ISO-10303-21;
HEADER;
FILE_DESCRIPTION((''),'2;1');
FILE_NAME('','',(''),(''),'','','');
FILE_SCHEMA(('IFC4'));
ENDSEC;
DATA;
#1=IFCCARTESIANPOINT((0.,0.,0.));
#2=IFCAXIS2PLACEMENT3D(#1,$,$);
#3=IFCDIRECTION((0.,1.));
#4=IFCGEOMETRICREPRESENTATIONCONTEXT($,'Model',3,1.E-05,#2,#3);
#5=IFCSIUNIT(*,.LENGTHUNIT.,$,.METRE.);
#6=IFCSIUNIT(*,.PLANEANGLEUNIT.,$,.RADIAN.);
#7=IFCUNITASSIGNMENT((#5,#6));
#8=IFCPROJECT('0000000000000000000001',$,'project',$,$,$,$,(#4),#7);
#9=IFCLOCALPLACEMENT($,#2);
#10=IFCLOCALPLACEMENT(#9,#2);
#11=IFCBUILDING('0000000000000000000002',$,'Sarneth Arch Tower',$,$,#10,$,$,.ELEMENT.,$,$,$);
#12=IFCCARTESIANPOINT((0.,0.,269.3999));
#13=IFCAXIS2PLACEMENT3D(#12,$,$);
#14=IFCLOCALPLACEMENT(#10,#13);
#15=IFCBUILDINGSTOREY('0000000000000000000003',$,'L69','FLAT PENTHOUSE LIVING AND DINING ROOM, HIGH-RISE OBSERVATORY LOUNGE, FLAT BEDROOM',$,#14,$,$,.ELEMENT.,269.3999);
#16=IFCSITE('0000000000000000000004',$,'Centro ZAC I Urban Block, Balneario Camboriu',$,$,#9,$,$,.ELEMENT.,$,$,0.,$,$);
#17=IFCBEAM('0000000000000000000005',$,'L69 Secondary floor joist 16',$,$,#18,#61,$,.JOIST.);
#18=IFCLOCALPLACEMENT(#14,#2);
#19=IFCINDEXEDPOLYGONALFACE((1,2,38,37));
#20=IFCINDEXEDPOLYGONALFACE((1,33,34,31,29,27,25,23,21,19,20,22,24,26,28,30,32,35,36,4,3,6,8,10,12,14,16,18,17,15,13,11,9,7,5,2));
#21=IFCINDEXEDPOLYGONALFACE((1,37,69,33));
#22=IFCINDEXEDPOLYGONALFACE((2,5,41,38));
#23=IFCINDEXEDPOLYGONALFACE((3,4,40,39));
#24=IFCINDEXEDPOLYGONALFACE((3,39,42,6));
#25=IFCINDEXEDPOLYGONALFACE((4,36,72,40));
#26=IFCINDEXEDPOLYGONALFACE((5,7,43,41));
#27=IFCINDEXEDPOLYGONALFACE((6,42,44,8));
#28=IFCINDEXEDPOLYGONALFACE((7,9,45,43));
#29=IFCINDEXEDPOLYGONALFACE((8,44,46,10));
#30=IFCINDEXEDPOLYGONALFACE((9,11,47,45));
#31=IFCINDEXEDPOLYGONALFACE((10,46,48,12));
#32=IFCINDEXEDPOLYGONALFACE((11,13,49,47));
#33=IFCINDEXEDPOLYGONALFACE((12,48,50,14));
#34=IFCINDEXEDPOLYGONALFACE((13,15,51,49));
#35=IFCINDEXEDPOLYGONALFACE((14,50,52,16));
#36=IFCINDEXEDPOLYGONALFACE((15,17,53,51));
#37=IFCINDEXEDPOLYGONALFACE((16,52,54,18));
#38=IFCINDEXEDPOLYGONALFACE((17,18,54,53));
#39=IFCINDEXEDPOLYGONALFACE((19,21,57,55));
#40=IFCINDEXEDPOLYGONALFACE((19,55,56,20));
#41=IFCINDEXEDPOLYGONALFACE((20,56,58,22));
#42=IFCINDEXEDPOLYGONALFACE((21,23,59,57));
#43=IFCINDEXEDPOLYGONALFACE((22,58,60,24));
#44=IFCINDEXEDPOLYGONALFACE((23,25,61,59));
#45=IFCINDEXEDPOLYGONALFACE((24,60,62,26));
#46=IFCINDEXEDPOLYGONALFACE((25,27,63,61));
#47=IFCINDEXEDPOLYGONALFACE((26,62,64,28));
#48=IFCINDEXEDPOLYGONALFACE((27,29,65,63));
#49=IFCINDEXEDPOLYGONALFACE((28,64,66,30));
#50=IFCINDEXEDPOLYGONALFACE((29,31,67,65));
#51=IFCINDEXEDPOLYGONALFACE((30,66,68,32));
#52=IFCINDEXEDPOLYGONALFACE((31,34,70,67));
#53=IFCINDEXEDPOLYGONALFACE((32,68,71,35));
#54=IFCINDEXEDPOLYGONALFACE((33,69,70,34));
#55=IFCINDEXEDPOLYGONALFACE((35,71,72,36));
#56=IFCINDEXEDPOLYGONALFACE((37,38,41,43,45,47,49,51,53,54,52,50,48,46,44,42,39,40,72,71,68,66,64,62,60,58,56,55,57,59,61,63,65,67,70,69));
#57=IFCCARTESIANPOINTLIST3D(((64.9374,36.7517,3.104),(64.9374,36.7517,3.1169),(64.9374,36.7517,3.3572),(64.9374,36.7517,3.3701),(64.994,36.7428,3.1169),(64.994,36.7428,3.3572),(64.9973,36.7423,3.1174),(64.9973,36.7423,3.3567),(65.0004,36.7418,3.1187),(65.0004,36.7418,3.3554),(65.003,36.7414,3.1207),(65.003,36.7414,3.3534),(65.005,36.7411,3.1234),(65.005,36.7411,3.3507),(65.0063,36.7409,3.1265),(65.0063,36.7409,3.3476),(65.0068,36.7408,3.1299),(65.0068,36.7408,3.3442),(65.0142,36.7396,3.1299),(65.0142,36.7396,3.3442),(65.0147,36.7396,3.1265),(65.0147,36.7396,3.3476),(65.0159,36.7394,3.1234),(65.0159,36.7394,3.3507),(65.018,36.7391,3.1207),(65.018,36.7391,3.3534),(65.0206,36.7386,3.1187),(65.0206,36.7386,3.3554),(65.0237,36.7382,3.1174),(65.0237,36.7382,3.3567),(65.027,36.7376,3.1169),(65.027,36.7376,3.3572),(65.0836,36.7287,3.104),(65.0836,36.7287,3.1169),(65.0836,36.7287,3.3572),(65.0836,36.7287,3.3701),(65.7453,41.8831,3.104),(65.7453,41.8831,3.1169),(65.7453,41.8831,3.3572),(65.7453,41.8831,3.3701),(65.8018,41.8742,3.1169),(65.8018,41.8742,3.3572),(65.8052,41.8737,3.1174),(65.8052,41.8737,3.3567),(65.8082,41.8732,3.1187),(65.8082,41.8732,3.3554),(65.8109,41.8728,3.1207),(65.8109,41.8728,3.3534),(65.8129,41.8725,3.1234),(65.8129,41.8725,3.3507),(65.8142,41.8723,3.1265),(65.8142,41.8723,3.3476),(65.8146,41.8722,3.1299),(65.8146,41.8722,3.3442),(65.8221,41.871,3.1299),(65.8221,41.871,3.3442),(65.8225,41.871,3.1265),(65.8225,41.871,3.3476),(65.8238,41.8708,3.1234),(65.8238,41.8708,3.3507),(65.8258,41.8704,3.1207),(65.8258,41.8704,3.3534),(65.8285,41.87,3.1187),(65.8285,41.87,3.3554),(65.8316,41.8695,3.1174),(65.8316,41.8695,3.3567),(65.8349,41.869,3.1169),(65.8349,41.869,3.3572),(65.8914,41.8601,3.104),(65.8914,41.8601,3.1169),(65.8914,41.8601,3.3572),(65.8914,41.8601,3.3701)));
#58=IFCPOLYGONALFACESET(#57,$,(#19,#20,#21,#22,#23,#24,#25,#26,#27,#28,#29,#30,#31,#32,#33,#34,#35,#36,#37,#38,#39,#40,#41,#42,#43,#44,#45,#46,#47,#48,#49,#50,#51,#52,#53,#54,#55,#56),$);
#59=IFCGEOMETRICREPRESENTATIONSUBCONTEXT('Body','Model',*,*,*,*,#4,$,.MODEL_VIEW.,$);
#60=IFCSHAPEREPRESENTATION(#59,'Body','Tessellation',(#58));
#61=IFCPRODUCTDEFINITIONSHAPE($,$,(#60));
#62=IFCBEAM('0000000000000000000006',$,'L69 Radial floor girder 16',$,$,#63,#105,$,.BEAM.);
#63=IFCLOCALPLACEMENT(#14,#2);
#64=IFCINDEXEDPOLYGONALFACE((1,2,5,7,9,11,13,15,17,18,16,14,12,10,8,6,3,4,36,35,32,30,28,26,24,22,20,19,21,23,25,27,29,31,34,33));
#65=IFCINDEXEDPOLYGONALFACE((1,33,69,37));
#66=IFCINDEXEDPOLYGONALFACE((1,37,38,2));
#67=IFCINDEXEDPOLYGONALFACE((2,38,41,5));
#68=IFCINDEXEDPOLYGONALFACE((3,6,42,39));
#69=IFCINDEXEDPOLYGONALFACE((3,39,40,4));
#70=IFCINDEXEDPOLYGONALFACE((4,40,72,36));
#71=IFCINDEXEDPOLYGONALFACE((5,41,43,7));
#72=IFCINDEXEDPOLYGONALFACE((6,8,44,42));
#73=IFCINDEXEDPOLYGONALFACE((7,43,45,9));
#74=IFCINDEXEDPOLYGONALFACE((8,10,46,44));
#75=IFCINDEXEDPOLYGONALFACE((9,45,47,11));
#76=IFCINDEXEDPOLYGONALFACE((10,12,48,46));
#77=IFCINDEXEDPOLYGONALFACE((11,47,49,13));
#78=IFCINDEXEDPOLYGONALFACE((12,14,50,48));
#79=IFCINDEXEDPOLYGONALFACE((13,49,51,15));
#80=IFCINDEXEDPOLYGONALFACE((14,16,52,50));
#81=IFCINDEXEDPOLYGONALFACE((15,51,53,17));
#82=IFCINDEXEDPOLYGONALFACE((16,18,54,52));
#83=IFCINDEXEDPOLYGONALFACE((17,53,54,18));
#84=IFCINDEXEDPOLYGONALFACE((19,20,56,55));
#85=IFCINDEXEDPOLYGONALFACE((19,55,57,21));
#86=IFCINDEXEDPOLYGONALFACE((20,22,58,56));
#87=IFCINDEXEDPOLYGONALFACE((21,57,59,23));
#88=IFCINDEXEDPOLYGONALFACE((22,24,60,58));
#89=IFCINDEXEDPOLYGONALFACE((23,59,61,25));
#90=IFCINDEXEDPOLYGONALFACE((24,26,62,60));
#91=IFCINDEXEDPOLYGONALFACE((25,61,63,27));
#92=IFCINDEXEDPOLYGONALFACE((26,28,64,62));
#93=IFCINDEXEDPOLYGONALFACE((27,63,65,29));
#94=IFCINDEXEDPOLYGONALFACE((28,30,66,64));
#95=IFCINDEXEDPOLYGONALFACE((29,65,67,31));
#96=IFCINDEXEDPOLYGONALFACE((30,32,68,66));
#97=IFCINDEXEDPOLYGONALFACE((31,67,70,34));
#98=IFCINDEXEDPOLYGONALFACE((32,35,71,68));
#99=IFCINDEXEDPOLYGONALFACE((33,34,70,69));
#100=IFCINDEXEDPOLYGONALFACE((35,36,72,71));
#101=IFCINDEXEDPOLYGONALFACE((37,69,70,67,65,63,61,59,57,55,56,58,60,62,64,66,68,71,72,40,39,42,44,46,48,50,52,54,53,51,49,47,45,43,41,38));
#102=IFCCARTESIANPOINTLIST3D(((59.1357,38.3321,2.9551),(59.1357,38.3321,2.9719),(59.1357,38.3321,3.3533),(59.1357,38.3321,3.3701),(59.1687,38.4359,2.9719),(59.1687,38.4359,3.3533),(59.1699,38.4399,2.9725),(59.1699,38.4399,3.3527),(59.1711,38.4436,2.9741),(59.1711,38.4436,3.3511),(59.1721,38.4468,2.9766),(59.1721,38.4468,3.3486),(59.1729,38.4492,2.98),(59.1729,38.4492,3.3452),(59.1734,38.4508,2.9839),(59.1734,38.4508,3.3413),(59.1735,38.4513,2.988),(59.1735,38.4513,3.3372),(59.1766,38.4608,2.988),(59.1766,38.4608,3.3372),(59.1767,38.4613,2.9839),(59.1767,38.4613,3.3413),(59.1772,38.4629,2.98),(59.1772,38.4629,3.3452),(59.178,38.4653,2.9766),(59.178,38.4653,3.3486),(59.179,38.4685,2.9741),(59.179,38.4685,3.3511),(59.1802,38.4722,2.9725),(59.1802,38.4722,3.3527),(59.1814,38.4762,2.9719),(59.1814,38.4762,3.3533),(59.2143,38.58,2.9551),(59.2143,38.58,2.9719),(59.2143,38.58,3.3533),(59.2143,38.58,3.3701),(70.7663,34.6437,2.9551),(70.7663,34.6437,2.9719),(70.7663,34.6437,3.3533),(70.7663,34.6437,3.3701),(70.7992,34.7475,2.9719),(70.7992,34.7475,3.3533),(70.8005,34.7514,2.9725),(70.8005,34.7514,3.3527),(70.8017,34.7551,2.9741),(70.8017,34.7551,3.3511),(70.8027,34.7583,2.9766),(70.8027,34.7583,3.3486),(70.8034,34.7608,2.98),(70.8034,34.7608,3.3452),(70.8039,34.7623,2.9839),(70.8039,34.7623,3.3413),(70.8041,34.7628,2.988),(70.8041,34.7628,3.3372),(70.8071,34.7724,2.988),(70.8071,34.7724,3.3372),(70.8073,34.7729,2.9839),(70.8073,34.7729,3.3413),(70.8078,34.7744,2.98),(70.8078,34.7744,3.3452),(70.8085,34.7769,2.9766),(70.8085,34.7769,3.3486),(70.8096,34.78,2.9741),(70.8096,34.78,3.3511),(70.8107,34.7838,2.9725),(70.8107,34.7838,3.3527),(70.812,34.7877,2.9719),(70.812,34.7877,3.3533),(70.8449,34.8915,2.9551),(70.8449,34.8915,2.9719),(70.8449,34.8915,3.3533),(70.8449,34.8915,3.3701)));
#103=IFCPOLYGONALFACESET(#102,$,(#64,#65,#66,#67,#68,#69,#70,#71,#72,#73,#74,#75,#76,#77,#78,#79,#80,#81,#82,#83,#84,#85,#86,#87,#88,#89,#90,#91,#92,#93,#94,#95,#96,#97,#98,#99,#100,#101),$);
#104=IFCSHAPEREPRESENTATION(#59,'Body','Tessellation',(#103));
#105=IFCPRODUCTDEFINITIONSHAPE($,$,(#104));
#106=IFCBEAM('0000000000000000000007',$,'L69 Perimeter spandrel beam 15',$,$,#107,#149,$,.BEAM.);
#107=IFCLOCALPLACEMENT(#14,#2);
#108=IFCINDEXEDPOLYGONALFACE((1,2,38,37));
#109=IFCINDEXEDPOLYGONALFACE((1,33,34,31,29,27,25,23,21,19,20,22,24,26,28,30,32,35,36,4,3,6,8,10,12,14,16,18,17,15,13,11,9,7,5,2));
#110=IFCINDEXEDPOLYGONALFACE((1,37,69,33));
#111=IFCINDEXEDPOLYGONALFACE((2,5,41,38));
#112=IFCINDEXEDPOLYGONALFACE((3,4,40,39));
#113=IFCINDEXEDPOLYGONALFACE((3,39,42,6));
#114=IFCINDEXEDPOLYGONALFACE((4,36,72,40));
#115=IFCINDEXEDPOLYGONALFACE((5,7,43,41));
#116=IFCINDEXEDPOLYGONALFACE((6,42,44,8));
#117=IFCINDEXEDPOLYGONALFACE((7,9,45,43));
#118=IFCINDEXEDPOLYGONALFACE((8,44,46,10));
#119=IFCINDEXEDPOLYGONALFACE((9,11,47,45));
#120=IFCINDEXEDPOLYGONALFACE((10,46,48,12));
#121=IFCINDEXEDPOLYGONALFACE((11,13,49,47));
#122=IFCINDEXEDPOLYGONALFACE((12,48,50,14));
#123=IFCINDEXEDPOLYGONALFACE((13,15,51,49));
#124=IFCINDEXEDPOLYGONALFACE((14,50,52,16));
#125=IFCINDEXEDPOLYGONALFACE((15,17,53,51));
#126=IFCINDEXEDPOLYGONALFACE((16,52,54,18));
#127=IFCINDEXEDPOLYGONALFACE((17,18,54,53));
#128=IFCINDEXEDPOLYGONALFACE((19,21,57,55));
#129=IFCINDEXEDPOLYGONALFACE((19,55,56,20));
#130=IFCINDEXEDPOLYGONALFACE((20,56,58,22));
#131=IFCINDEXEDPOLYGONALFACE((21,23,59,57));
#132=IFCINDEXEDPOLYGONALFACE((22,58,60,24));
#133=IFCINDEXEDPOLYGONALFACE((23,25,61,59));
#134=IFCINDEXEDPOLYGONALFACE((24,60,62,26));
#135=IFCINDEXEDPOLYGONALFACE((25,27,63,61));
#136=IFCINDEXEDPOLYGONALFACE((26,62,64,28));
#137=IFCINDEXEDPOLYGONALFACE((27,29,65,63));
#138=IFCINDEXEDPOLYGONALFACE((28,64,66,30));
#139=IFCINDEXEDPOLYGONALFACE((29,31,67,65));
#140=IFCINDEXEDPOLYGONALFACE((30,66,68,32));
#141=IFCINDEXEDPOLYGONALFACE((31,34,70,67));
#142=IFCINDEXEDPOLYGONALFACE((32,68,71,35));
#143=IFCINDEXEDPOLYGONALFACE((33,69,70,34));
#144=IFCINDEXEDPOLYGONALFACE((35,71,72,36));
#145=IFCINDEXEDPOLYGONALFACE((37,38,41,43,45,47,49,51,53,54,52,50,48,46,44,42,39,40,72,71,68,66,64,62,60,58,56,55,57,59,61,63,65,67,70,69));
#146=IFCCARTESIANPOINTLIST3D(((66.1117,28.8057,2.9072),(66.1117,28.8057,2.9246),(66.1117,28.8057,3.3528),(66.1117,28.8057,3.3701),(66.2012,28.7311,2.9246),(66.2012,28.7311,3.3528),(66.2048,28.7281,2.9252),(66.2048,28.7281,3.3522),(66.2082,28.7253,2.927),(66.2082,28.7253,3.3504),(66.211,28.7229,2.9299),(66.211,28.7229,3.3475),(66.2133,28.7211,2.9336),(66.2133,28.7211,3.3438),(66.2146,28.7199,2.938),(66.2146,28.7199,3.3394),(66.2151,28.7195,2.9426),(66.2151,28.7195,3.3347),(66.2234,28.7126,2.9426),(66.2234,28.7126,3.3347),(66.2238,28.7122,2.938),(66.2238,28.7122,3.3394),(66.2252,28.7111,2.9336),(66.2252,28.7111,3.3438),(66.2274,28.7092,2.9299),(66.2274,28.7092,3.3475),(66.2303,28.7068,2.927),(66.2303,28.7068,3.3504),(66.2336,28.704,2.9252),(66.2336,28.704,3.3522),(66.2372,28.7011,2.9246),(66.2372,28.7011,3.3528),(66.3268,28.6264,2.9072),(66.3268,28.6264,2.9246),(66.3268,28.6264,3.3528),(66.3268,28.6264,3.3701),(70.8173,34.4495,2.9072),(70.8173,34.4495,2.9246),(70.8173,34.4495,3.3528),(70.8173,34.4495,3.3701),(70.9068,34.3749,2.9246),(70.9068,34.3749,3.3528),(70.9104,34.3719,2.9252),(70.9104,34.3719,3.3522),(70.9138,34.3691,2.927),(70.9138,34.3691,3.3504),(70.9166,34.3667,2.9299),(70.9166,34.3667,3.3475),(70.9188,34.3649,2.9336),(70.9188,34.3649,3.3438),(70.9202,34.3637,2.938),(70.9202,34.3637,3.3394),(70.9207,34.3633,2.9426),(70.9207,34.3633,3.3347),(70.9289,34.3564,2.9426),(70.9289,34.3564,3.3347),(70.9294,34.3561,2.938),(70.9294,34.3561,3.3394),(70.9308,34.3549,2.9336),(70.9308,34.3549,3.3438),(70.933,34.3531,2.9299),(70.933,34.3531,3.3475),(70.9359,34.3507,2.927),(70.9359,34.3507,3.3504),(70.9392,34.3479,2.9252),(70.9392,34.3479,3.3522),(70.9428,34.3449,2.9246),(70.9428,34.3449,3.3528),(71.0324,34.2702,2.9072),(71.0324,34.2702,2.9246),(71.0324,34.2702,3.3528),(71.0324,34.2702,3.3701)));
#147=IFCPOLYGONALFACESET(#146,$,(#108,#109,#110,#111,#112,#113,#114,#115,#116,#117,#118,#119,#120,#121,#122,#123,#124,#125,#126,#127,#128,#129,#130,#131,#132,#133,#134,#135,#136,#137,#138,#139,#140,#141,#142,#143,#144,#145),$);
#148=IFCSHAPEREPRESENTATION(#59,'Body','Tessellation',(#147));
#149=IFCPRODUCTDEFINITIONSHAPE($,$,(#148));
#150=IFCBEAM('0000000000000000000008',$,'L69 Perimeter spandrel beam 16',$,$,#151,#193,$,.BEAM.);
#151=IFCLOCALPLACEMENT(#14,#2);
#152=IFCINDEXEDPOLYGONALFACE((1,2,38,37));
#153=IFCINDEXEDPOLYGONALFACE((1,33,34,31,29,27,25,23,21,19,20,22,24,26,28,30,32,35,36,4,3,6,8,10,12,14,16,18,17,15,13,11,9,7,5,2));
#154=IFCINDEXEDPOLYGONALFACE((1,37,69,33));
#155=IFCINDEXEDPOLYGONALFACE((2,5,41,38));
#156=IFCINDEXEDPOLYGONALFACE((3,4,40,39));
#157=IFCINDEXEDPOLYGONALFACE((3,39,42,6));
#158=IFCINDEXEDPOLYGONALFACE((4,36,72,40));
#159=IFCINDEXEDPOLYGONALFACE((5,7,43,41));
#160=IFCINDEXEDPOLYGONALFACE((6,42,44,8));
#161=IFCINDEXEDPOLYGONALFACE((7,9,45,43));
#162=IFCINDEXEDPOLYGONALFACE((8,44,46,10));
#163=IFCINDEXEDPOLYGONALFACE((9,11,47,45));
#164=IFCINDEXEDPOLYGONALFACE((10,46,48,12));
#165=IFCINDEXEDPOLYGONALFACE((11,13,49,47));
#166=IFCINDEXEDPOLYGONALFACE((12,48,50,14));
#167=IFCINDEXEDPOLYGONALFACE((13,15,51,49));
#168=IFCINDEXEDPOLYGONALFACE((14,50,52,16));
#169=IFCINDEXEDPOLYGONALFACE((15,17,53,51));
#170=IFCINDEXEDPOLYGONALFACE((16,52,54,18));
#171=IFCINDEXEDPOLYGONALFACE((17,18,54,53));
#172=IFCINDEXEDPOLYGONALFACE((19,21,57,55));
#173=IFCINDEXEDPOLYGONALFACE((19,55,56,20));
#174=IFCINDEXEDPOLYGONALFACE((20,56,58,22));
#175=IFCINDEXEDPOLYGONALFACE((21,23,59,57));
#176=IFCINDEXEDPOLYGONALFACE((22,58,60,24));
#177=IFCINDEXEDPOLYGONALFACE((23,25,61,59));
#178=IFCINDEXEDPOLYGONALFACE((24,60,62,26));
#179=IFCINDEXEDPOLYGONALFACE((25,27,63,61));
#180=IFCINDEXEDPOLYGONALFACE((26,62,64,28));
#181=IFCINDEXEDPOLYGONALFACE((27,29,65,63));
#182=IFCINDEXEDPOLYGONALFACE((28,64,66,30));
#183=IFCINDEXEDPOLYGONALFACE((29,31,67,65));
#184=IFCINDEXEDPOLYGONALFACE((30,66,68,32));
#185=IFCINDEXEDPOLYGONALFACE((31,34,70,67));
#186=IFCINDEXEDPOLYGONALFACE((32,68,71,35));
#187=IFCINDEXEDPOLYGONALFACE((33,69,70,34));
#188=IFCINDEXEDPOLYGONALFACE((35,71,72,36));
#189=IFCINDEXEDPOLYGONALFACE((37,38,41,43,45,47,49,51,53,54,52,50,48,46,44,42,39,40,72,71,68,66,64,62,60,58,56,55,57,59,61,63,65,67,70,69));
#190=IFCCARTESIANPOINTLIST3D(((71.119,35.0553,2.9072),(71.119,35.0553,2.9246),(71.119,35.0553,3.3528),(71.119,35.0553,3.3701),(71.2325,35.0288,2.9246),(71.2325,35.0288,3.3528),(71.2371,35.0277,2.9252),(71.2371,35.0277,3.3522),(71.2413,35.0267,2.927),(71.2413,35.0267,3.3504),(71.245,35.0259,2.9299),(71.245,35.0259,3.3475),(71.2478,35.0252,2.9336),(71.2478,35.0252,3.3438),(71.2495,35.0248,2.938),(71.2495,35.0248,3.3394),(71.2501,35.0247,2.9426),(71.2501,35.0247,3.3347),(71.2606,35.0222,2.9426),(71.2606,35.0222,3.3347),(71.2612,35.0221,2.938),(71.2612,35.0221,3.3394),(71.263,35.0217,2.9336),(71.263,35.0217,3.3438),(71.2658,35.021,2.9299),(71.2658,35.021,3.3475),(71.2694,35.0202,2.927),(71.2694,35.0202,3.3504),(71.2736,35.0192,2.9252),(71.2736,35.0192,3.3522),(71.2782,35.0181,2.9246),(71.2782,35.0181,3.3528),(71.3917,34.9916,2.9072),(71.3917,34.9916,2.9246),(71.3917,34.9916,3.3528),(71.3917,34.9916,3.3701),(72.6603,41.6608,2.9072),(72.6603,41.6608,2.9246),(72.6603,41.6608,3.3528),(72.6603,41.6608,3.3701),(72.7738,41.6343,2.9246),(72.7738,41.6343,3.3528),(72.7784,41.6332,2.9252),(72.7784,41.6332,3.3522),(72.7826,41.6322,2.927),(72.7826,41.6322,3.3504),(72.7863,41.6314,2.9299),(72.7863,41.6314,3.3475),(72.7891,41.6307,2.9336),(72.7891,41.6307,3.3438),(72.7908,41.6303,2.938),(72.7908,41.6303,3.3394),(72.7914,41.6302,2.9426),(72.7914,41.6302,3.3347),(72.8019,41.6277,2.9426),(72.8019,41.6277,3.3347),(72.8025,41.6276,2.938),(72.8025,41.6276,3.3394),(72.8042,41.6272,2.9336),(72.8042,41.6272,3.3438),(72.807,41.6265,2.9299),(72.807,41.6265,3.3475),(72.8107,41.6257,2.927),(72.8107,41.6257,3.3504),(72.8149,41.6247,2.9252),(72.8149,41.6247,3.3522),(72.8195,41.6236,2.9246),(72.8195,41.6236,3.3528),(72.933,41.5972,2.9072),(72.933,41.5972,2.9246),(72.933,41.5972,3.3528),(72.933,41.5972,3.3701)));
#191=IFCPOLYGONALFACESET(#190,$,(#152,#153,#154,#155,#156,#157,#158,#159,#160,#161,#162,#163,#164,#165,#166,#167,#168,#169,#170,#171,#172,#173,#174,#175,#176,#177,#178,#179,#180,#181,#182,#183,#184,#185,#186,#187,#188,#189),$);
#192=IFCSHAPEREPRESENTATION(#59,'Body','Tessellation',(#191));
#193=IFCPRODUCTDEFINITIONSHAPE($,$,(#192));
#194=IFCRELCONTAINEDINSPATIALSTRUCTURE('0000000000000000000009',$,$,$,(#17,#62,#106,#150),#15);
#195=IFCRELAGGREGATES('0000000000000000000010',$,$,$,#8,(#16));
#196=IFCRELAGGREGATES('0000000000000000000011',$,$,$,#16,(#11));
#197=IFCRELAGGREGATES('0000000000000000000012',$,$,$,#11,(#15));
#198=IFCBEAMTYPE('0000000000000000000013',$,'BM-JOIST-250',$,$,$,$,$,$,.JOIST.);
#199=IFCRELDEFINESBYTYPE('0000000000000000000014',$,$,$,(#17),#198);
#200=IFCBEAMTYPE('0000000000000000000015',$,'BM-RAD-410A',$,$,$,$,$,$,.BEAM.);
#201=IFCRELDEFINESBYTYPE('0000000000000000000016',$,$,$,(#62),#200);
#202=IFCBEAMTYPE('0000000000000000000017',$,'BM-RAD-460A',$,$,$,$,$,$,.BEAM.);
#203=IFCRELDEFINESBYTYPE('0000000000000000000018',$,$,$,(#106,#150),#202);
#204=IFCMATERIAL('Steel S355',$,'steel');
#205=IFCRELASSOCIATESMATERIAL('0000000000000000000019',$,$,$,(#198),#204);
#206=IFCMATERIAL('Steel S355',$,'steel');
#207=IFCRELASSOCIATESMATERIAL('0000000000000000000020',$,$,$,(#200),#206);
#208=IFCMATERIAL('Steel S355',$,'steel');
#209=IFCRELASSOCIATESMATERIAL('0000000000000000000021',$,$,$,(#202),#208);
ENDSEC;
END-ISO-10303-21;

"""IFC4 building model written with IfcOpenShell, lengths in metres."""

from ifc_helpers import new_model, si_unit, direction, frame, origin, origin_2d, place, context, subcontext, project, spatial, i_section, extrude, material, material_profile, profile_set, type_object, element, save


model = new_model("IFC4")

# Units and contexts
model_context = context("Model", 3, precision=1e-05, world=origin(), true_north=direction((0.0, 1.0)))
body_context = subcontext(model_context, "Body", "Model", "MODEL_VIEW")
ifc_project = project(units=[si_unit("LENGTHUNIT", "METRE"), si_unit("PLANEANGLEUNIT", "RADIAN")], contexts=[model_context])

# Site, building, storey
site_placement = place(None, origin())
site = spatial("IfcSite", under=ifc_project, at=site_placement, Name="Centro ZAC I Urban Block, Balneario Camboriu", CompositionType="ELEMENT", RefElevation=0.0)
building_placement = place(site_placement, origin())
building = spatial("IfcBuilding", under=site, at=building_placement, Name="Sarneth Arch Tower", CompositionType="ELEMENT")
storey_placement = place(building_placement, frame((0.0, 0.0, 269.3999)))
storey = spatial("IfcBuildingStorey", under=building, at=storey_placement, Name="L69", Description="FLAT PENTHOUSE LIVING AND DINING ROOM, HIGH-RISE OBSERVATORY LOUNGE, FLAT BEDROOM", CompositionType="ELEMENT", Elevation=269.3999)

# Beams
ifc_material_1 = material(Name="Steel S355", Category="steel")
ifc_material_profile_1 = material_profile(ifc_material_1, i_section(OverallWidth=0.1479, OverallDepth=0.2661, WebThickness=0.0076, FlangeThickness=0.0129, FilletRadius=0.0129, at=origin_2d()), Name="W250x44.8")
ifc_profile_set_1 = profile_set([ifc_material_profile_1], Name="Steel S355")
beam_type_1 = type_object("IfcBeamType", Name="BM-JOIST-250", PredefinedType="JOIST", material=ifc_profile_set_1)
beam_1_placement = place(storey_placement, frame((65.0105, 36.7402, 3.2371), z_axis=(0.155521, 0.987833, 0.0), x_axis=(-0.987833, 0.155521, 0.0)))
element("IfcBeam", 1, at=beam_1_placement, inside=storey, type_object=beam_type_1, Name="L69 Secondary floor joist 16", PredefinedType="JOIST", context=body_context, shape_type="SweptSolid", body=[
    extrude(i_section(OverallWidth=0.1479, OverallDepth=0.2661, WebThickness=0.0076, FlangeThickness=0.0129, FilletRadius=0.0129, at=origin_2d()), origin(), (0.0, 0.0, 1.0), 5.1946),
])
ifc_material_2 = material(Name="Steel S355", Category="steel")
ifc_material_profile_2 = material_profile(ifc_material_2, i_section(OverallWidth=0.26, OverallDepth=0.415, WebThickness=0.01, FlangeThickness=0.0168, FilletRadius=0.0161, at=origin_2d()), Name="W410x100")
ifc_profile_set_2 = profile_set([ifc_material_profile_2], Name="Steel S355")
beam_type_2 = type_object("IfcBeamType", Name="BM-RAD-410A", PredefinedType="BEAM", material=ifc_profile_set_2)
beam_2_placement = place(storey_placement, frame((59.175, 38.4561, 3.1626), z_axis=(0.953214, -0.302298, 0.0), x_axis=(0.302298, 0.953214, 0.0)))
element("IfcBeam", 2, at=beam_2_placement, inside=storey, type_object=beam_type_2, Name="L69 Radial floor girder 16", PredefinedType="BEAM", context=body_context, shape_type="SweptSolid", body=[
    extrude(i_section(OverallWidth=0.26, OverallDepth=0.415, WebThickness=0.01, FlangeThickness=0.0168, FilletRadius=0.0161, at=origin_2d()), origin(), (0.0, 0.0, 1.0), 12.2014),
])
ifc_material_3 = material(Name="Steel S355", Category="steel")
ifc_material_profile_3 = material_profile(ifc_material_3, i_section(OverallWidth=0.28, OverallDepth=0.4629, WebThickness=0.0107, FlangeThickness=0.0173, FilletRadius=0.0181, at=origin_2d()), Name="W460x113")
ifc_profile_set_3 = profile_set([ifc_material_profile_3], Name="Steel S355")
beam_type_3 = type_object("IfcBeamType", Name="BM-RAD-460A", PredefinedType="BEAM", material=ifc_profile_set_3)
beam_3_placement = place(storey_placement, frame((66.2192, 28.7161, 3.1387), z_axis=(0.640377, 0.768061, 0.0), x_axis=(-0.768061, 0.640377, 0.0)))
element("IfcBeam", 3, at=beam_3_placement, inside=storey, type_object=beam_type_3, Name="L69 Perimeter spandrel beam 15", PredefinedType="BEAM", context=body_context, shape_type="SweptSolid", body=[
    extrude(i_section(OverallWidth=0.28, OverallDepth=0.4629, WebThickness=0.0107, FlangeThickness=0.0173, FilletRadius=0.0181, at=origin_2d()), origin(), (0.0, 0.0, 1.0), 7.3481),
])
beam_4_placement = place(storey_placement, frame((71.2554, 35.0234, 3.1387), z_axis=(0.227227, 0.973842, 0.0), x_axis=(-0.973842, 0.227227, 0.0)))
element("IfcBeam", 4, at=beam_4_placement, inside=storey, type_object=beam_type_3, Name="L69 Perimeter spandrel beam 16", PredefinedType="BEAM", context=body_context, shape_type="SweptSolid", body=[
    extrude(i_section(OverallWidth=0.28, OverallDepth=0.4629, WebThickness=0.0107, FlangeThickness=0.0173, FilletRadius=0.0181, at=origin_2d()), origin(), (0.0, 0.0, 1.0), 6.783),
])

save(model, "model.ifc")
